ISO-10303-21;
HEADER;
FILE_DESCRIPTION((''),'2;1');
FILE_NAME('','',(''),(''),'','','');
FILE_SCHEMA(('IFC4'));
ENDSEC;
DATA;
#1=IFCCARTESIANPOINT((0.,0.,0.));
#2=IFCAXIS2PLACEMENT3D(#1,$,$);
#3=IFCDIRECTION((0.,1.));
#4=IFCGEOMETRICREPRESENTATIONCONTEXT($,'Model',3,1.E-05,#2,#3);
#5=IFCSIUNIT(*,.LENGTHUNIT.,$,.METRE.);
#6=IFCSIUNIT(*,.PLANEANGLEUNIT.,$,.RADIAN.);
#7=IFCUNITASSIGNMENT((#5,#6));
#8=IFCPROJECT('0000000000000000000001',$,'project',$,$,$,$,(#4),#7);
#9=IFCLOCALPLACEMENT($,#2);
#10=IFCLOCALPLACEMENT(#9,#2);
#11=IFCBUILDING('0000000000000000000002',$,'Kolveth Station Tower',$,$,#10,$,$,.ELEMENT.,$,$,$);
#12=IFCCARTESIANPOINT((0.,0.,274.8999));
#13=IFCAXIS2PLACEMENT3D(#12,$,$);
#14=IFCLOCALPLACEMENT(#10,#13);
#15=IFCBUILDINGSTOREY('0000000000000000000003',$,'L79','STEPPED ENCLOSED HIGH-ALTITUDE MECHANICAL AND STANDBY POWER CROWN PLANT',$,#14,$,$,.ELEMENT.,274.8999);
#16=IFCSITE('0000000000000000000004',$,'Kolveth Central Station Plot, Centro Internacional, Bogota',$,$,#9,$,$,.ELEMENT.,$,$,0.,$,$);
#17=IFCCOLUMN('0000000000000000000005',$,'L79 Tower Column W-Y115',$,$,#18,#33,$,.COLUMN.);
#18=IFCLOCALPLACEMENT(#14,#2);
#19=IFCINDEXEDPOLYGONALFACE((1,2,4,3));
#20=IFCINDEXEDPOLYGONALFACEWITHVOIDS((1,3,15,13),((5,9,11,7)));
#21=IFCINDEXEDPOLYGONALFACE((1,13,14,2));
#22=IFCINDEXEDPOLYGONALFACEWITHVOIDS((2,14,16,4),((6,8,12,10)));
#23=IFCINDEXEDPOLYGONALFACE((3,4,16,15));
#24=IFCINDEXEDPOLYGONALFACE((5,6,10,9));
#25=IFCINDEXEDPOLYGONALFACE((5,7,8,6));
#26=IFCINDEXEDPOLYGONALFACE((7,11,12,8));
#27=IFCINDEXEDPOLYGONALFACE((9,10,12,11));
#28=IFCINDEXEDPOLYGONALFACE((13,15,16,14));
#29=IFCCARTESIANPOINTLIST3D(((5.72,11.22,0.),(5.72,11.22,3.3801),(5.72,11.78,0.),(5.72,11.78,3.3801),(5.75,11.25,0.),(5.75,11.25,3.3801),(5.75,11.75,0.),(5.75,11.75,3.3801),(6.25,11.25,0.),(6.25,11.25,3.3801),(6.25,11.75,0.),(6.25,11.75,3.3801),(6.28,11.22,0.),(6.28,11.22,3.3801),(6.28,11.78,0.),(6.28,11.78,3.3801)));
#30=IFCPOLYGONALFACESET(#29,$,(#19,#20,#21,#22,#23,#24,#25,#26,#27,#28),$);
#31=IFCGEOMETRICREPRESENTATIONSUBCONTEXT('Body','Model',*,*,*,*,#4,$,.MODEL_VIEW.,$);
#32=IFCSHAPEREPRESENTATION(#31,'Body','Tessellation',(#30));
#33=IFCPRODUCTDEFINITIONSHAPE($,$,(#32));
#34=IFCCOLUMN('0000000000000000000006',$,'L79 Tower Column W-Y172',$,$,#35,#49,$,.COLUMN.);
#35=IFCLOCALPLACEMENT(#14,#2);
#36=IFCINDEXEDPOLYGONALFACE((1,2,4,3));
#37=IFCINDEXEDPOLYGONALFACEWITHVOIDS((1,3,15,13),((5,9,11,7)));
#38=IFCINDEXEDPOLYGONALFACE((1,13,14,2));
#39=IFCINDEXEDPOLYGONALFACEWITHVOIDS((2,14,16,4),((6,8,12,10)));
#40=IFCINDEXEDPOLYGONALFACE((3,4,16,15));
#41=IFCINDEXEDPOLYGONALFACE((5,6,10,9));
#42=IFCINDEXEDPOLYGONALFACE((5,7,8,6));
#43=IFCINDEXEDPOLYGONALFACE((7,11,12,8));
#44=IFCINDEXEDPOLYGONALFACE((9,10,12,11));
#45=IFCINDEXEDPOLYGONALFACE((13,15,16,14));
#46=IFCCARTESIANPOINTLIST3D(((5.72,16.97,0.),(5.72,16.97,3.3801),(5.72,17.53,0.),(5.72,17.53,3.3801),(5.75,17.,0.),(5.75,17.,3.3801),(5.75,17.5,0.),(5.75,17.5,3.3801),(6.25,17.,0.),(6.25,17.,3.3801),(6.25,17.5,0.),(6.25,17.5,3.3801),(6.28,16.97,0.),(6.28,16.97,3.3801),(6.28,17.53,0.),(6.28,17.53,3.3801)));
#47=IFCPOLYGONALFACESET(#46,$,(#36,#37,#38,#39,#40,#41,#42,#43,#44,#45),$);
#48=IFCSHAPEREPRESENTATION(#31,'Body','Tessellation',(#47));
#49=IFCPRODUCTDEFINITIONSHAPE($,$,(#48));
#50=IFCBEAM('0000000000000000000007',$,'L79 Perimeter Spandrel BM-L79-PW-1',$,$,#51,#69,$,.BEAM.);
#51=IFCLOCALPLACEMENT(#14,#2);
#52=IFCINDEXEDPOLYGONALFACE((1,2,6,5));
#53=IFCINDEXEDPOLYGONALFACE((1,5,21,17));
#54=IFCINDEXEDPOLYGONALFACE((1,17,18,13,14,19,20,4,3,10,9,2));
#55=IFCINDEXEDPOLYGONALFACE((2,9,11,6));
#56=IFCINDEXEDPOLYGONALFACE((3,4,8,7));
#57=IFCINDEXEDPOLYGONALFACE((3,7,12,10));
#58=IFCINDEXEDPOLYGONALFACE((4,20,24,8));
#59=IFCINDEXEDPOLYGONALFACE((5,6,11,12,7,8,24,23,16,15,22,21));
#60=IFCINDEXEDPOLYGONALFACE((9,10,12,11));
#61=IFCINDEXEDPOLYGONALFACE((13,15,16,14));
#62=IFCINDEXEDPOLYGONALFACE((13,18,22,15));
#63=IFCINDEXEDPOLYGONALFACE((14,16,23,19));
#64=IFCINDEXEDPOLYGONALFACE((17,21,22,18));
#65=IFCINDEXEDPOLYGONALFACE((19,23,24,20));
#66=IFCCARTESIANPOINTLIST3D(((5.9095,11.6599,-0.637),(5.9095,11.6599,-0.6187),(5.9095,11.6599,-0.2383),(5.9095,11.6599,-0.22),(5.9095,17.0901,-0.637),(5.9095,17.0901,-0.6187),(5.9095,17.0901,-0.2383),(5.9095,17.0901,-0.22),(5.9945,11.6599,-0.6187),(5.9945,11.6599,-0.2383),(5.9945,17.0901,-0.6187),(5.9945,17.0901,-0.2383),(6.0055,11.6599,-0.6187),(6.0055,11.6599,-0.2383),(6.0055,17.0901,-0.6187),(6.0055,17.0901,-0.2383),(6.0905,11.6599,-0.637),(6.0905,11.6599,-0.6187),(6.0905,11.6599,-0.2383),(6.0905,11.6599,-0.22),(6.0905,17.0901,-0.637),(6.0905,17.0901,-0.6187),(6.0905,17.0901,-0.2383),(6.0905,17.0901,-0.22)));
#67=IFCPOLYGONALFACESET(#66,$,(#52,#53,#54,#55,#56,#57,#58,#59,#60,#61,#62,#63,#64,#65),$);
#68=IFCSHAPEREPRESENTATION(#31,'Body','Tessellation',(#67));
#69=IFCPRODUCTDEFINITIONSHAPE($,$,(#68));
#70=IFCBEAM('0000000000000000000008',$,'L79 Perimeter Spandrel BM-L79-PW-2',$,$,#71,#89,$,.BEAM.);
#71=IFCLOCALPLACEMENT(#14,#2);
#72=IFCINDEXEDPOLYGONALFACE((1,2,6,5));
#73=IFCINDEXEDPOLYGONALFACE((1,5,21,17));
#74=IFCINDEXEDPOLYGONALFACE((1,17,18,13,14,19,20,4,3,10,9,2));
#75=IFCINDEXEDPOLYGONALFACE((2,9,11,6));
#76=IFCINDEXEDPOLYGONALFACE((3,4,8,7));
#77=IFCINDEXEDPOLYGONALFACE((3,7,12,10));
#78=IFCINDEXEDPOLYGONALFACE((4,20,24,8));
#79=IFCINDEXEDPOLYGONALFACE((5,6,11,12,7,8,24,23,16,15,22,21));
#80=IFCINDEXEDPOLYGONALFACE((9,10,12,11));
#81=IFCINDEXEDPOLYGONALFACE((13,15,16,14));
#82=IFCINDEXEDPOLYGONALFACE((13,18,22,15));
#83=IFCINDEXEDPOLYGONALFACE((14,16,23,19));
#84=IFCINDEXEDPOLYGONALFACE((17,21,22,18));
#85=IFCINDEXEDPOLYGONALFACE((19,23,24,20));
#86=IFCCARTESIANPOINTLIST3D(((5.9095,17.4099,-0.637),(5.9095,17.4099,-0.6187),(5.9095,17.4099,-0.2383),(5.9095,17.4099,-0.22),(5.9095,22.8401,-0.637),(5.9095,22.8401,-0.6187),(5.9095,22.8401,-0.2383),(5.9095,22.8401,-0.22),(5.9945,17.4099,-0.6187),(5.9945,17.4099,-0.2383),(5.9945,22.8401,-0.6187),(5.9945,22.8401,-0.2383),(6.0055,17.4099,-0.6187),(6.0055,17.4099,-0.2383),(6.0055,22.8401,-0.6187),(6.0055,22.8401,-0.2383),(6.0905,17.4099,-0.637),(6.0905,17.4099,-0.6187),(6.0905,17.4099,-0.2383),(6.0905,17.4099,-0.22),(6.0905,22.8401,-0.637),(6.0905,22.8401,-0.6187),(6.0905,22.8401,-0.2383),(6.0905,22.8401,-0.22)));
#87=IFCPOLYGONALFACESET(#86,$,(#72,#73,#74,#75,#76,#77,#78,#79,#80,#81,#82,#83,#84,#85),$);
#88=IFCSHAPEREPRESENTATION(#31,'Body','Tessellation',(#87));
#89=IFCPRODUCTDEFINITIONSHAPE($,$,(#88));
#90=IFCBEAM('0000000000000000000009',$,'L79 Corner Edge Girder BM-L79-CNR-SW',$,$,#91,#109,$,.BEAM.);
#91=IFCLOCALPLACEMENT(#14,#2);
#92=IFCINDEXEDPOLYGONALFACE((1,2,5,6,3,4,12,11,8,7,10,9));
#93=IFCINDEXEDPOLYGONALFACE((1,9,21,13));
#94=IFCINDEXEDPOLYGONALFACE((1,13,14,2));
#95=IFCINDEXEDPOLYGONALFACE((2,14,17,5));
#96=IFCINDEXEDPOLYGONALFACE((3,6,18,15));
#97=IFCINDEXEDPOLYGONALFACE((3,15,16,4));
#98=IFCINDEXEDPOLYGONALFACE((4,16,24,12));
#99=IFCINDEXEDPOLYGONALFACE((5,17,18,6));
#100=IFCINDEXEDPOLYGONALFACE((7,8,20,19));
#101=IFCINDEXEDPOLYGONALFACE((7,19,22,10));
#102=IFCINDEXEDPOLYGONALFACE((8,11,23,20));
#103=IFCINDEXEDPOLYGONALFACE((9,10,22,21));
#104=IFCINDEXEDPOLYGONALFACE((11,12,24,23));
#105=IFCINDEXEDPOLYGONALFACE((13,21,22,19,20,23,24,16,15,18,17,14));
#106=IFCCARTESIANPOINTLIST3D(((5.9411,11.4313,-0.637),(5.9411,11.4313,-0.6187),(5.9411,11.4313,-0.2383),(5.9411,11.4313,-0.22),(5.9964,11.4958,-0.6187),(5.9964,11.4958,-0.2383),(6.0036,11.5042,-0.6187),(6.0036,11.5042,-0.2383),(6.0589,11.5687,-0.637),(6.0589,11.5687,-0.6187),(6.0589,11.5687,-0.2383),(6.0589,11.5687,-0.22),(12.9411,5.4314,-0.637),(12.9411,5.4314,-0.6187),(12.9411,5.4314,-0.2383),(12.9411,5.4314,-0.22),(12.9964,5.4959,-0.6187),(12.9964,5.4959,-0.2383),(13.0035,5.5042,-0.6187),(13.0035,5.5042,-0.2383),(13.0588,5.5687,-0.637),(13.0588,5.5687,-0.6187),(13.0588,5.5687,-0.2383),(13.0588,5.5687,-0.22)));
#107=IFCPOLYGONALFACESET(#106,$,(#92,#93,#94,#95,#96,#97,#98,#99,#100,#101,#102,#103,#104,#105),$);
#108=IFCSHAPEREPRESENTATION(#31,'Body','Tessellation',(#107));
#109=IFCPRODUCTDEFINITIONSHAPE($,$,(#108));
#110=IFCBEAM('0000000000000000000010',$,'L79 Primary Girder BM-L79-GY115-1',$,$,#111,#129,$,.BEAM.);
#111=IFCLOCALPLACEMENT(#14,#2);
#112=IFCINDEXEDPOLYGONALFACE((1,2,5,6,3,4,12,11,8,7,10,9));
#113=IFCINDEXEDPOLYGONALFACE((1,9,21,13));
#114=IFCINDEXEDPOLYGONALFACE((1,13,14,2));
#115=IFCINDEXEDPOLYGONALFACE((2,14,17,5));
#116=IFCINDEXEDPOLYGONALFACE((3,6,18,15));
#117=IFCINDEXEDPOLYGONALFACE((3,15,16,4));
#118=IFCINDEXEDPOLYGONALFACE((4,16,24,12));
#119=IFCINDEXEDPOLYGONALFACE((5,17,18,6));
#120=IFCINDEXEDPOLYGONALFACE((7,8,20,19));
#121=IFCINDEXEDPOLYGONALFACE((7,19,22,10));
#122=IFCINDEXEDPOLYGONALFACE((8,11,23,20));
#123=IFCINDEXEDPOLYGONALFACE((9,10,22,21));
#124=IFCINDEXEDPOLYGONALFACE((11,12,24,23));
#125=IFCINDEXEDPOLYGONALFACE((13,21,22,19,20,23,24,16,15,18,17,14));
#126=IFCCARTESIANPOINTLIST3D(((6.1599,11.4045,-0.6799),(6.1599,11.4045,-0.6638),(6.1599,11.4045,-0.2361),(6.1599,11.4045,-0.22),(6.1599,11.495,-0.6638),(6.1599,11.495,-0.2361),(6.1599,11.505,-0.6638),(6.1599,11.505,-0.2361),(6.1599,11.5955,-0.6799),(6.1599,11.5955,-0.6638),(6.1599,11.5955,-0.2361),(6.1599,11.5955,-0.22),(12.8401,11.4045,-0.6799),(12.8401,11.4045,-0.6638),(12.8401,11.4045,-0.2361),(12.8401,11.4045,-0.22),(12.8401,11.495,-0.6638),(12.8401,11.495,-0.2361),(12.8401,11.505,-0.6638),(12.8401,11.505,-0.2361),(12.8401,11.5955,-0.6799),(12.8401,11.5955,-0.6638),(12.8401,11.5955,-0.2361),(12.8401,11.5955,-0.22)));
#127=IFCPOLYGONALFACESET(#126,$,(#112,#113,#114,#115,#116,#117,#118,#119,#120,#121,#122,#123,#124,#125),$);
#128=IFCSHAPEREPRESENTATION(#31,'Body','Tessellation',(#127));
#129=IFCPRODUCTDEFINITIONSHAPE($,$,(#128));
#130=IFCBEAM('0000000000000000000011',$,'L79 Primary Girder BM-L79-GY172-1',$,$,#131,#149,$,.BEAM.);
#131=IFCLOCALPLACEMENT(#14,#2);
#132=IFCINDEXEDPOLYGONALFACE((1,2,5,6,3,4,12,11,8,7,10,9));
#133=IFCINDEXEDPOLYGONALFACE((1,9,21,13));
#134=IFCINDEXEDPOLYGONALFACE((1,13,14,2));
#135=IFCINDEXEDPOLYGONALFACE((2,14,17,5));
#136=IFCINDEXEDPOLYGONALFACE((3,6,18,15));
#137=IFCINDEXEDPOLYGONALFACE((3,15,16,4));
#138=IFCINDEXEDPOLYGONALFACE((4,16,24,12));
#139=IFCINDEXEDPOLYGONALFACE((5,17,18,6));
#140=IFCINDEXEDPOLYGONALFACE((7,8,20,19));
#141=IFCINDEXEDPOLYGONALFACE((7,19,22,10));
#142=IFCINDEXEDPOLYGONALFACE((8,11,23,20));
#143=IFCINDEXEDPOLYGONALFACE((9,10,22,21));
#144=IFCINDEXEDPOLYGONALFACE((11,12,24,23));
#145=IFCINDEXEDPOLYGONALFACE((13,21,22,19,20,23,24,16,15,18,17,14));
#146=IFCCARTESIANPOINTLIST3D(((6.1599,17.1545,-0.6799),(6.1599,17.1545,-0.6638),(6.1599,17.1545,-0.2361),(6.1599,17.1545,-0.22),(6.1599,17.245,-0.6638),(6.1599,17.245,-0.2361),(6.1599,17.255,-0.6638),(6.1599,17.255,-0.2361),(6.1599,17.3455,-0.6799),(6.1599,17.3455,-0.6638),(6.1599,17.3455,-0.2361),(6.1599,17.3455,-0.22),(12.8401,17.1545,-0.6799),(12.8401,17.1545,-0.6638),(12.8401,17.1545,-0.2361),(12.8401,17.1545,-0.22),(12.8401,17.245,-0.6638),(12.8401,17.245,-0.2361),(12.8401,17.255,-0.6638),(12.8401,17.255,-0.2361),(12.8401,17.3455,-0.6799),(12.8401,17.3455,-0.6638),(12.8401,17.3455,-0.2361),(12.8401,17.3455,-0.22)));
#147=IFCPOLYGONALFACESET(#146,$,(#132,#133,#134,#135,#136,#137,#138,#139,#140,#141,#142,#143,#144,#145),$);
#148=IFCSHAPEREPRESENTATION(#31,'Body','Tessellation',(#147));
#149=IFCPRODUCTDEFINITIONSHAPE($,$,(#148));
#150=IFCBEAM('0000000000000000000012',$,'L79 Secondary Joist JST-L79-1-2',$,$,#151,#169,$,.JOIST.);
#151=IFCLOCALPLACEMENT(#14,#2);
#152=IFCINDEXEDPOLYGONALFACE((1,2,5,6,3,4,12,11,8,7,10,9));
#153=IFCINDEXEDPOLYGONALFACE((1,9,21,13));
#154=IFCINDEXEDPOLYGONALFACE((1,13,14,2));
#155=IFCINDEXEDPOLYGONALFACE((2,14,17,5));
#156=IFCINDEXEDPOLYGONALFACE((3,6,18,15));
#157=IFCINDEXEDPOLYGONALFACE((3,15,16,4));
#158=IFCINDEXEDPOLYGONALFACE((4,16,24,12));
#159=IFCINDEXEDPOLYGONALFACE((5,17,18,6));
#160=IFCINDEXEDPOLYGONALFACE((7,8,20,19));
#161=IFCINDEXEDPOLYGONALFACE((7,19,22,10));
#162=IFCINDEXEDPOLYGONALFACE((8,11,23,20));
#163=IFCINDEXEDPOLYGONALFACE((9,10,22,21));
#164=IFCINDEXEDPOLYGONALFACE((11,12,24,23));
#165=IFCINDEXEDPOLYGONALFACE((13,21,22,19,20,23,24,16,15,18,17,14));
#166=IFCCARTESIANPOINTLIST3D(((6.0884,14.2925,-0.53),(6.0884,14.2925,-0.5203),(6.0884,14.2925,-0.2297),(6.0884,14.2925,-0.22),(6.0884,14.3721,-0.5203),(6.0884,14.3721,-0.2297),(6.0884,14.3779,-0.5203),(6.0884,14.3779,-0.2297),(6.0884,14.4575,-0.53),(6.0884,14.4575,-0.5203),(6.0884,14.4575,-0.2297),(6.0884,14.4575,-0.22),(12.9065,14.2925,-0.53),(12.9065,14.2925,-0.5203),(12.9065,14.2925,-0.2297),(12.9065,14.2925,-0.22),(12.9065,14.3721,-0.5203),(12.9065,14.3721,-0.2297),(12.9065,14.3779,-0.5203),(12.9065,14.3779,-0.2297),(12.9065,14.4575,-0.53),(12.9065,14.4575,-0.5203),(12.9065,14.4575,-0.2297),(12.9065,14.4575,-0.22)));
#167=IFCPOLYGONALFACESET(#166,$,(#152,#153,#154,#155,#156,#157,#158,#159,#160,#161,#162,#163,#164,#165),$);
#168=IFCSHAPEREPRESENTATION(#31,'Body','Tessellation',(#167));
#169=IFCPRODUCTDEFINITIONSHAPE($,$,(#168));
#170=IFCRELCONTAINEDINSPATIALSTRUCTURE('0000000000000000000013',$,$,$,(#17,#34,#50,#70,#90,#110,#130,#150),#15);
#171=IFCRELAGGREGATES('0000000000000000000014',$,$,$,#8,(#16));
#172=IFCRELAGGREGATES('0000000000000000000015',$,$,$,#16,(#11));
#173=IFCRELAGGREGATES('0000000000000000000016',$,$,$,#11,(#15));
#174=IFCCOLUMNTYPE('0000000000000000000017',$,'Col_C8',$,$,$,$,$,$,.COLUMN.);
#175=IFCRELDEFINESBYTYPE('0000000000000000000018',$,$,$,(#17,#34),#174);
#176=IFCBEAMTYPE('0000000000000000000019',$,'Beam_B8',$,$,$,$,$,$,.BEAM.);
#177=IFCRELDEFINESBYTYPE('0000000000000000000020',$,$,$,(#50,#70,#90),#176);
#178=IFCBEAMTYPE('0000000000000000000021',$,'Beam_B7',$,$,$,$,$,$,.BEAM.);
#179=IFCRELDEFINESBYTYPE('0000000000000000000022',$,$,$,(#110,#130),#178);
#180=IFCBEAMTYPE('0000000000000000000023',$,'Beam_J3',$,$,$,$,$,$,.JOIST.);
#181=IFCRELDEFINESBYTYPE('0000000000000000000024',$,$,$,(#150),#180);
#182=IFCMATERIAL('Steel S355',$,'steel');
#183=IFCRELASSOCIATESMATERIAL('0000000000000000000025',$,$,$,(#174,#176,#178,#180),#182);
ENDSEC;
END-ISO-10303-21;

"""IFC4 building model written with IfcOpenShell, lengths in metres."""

from ifc_helpers import new_model, si_unit, direction, frame, origin, origin_2d, place, context, subcontext, project, spatial, hollow_rectangle, i_section, extrude, source, transform, mapped, material, material_profile, profile_set, type_object, element, save


model = new_model("IFC4")

# Units and contexts
model_context = context("Model", 3, precision=1e-05, world=origin(), true_north=direction((0.0, 1.0)))
body_context = subcontext(model_context, "Body", "Model", "MODEL_VIEW")
ifc_project = project(units=[si_unit("LENGTHUNIT", "METRE"), si_unit("PLANEANGLEUNIT", "RADIAN")], contexts=[model_context])

# Site, building, storey
site_placement = place(None, origin())
site = spatial("IfcSite", under=ifc_project, at=site_placement, Name="Kolveth Central Station Plot, Centro Internacional, Bogota", CompositionType="ELEMENT", RefElevation=0.0)
building_placement = place(site_placement, origin())
building = spatial("IfcBuilding", under=site, at=building_placement, Name="Kolveth Station Tower", CompositionType="ELEMENT")
storey_placement = place(building_placement, frame((0.0, 0.0, 274.8999)))
storey = spatial("IfcBuildingStorey", under=building, at=storey_placement, Name="L79", Description="STEPPED ENCLOSED HIGH-ALTITUDE MECHANICAL AND STANDBY POWER CROWN PLANT", CompositionType="ELEMENT", Elevation=274.8999)

# Columns
ifc_material_1 = material(Name="Steel S355", Category="steel")
ifc_material_profile_1 = material_profile(ifc_material_1, hollow_rectangle(XDim=0.5601, YDim=0.5601, WallThickness=0.03, at=origin_2d()), Name="BOX560x560x30")
ifc_profile_set_1 = profile_set([ifc_material_profile_1], Name="Steel S355")
column_type = type_object("IfcColumnType", Name="Col_C8", PredefinedType="COLUMN", material=ifc_profile_set_1)
shared_shape_1 = source(origin(), body_context, "Body", "SweptSolid", [
    extrude(hollow_rectangle(XDim=0.5601, YDim=0.5601, WallThickness=0.03, at=origin_2d()), origin(), (0.0, 0.0, 1.0), 3.3801),
])
for number, where, z_axis, x_axis, name in (
    (1, (6.0, 11.5, 0.0), (0.0, 0.0, 1.0), (1.0, 0.0, 0.0), "L79 Tower Column W-Y115"),
    (2, (6.0, 17.25, 0.0), (0.0, 0.0, 1.0), (1.0, 0.0, 0.0), "L79 Tower Column W-Y172"),
):
    element("IfcColumn", number, at=place(storey_placement, frame(where, z_axis=z_axis, x_axis=x_axis)), inside=storey, type_object=column_type, Name=name, PredefinedType="COLUMN", context=body_context, shape_type="MappedRepresentation", body=[
        mapped(shared_shape_1, transform((0.0, 0.0, 0.0), x_axis=(1.0, 0.0, 0.0), y_axis=(0.0, 1.0, 0.0), z_axis=(0.0, 0.0, 1.0), scale=1.0)),
    ])

# Beams
ifc_material_profile_2 = material_profile(ifc_material_1, i_section(OverallWidth=0.1809, OverallDepth=0.417, WebThickness=0.011, FlangeThickness=0.0183, at=origin_2d()), Name="W410x85")
ifc_profile_set_2 = profile_set([ifc_material_profile_2], Name="Steel S355")
beam_type_1 = type_object("IfcBeamType", Name="Beam_B8", PredefinedType="BEAM", material=ifc_profile_set_2)
shared_shape_2 = source(origin(), body_context, "Body", "SweptSolid", [
    extrude(i_section(OverallWidth=0.1809, OverallDepth=0.417, WebThickness=0.011, FlangeThickness=0.0183, at=origin_2d()), origin(), (0.0, 0.0, 1.0), 5.4302),
])
for number, where, z_axis, x_axis, name in (
    (3, (6.0, 11.6599, -0.4285), (0.0, 1.0, 0.0), (-1.0, 0.0, 0.0), "L79 Perimeter Spandrel BM-L79-PW-1"),
    (4, (6.0, 17.4099, -0.4285), (0.0, 1.0, 0.0), (-1.0, 0.0, 0.0), "L79 Perimeter Spandrel BM-L79-PW-2"),
):
    element("IfcBeam", number, at=place(storey_placement, frame(where, z_axis=z_axis, x_axis=x_axis)), inside=storey, type_object=beam_type_1, Name=name, PredefinedType="BEAM", context=body_context, shape_type="MappedRepresentation", body=[
        mapped(shared_shape_2, transform((0.0, 0.0, 0.0), x_axis=(1.0, 0.0, 0.0), y_axis=(0.0, 1.0, 0.0), z_axis=(0.0, 0.0, 1.0), scale=1.0)),
    ])
shared_shape_3 = source(origin(), body_context, "Body", "SweptSolid", [
    extrude(i_section(OverallWidth=0.1809, OverallDepth=0.417, WebThickness=0.011, FlangeThickness=0.0183, at=origin_2d()), origin(), (0.0, 0.0, 1.0), 9.2195),
])
beam_1_placement = place(storey_placement, frame((6.0, 11.5, -0.4285), z_axis=(0.759257, -0.650791, 0.0), x_axis=(0.650791, 0.759257, 0.0)))
element("IfcBeam", 5, at=beam_1_placement, inside=storey, type_object=beam_type_1, Name="L79 Corner Edge Girder BM-L79-CNR-SW", PredefinedType="BEAM", context=body_context, shape_type="MappedRepresentation", body=[
    mapped(shared_shape_3, transform((0.0, 0.0, 0.0), x_axis=(1.0, 0.0, 0.0), y_axis=(0.0, 1.0, 0.0), z_axis=(0.0, 0.0, 1.0), scale=1.0)),
])
ifc_material_profile_3 = material_profile(ifc_material_1, i_section(OverallWidth=0.1909, OverallDepth=0.46, WebThickness=0.01, FlangeThickness=0.0161, at=origin_2d()), Name="W460x82")
ifc_profile_set_3 = profile_set([ifc_material_profile_3], Name="Steel S355")
beam_type_2 = type_object("IfcBeamType", Name="Beam_B7", PredefinedType="BEAM", material=ifc_profile_set_3)
shared_shape_4 = source(origin(), body_context, "Body", "SweptSolid", [
    extrude(i_section(OverallWidth=0.1909, OverallDepth=0.46, WebThickness=0.01, FlangeThickness=0.0161, at=origin_2d()), origin(), (0.0, 0.0, 1.0), 6.6802),
])
for number, where, z_axis, x_axis, name in (
    (6, (6.1599, 11.5, -0.45), (1.0, 0.0, 0.0), (0.0, 1.0, 0.0), "L79 Primary Girder BM-L79-GY115-1"),
    (7, (6.1599, 17.25, -0.45), (1.0, 0.0, 0.0), (0.0, 1.0, 0.0), "L79 Primary Girder BM-L79-GY172-1"),
):
    element("IfcBeam", number, at=place(storey_placement, frame(where, z_axis=z_axis, x_axis=x_axis)), inside=storey, type_object=beam_type_2, Name=name, PredefinedType="BEAM", context=body_context, shape_type="MappedRepresentation", body=[
        mapped(shared_shape_4, transform((0.0, 0.0, 0.0), x_axis=(1.0, 0.0, 0.0), y_axis=(0.0, 1.0, 0.0), z_axis=(0.0, 0.0, 1.0), scale=1.0)),
    ])
ifc_material_profile_4 = material_profile(ifc_material_1, i_section(OverallWidth=0.165, OverallDepth=0.3101, WebThickness=0.0059, FlangeThickness=0.0098, at=origin_2d()), Name="W310x39")
ifc_profile_set_4 = profile_set([ifc_material_profile_4], Name="Steel S355")
beam_type_3 = type_object("IfcBeamType", Name="Beam_J3", PredefinedType="JOIST", material=ifc_profile_set_4)
shared_shape_5 = source(origin(), body_context, "Body", "SweptSolid", [
    extrude(i_section(OverallWidth=0.165, OverallDepth=0.3101, WebThickness=0.0059, FlangeThickness=0.0098, at=origin_2d()), origin(), (0.0, 0.0, 1.0), 6.8181),
])
beam_2_placement = place(storey_placement, frame((6.0884, 14.375, -0.375), z_axis=(1.0, 0.0, 0.0), x_axis=(0.0, 1.0, 0.0)))
element("IfcBeam", 8, at=beam_2_placement, inside=storey, type_object=beam_type_3, Name="L79 Secondary Joist JST-L79-1-2", PredefinedType="JOIST", context=body_context, shape_type="MappedRepresentation", body=[
    mapped(shared_shape_5, transform((0.0, 0.0, 0.0), x_axis=(1.0, 0.0, 0.0), y_axis=(0.0, 1.0, 0.0), z_axis=(0.0, 0.0, 1.0), scale=1.0)),
])

save(model, "model.ifc")
